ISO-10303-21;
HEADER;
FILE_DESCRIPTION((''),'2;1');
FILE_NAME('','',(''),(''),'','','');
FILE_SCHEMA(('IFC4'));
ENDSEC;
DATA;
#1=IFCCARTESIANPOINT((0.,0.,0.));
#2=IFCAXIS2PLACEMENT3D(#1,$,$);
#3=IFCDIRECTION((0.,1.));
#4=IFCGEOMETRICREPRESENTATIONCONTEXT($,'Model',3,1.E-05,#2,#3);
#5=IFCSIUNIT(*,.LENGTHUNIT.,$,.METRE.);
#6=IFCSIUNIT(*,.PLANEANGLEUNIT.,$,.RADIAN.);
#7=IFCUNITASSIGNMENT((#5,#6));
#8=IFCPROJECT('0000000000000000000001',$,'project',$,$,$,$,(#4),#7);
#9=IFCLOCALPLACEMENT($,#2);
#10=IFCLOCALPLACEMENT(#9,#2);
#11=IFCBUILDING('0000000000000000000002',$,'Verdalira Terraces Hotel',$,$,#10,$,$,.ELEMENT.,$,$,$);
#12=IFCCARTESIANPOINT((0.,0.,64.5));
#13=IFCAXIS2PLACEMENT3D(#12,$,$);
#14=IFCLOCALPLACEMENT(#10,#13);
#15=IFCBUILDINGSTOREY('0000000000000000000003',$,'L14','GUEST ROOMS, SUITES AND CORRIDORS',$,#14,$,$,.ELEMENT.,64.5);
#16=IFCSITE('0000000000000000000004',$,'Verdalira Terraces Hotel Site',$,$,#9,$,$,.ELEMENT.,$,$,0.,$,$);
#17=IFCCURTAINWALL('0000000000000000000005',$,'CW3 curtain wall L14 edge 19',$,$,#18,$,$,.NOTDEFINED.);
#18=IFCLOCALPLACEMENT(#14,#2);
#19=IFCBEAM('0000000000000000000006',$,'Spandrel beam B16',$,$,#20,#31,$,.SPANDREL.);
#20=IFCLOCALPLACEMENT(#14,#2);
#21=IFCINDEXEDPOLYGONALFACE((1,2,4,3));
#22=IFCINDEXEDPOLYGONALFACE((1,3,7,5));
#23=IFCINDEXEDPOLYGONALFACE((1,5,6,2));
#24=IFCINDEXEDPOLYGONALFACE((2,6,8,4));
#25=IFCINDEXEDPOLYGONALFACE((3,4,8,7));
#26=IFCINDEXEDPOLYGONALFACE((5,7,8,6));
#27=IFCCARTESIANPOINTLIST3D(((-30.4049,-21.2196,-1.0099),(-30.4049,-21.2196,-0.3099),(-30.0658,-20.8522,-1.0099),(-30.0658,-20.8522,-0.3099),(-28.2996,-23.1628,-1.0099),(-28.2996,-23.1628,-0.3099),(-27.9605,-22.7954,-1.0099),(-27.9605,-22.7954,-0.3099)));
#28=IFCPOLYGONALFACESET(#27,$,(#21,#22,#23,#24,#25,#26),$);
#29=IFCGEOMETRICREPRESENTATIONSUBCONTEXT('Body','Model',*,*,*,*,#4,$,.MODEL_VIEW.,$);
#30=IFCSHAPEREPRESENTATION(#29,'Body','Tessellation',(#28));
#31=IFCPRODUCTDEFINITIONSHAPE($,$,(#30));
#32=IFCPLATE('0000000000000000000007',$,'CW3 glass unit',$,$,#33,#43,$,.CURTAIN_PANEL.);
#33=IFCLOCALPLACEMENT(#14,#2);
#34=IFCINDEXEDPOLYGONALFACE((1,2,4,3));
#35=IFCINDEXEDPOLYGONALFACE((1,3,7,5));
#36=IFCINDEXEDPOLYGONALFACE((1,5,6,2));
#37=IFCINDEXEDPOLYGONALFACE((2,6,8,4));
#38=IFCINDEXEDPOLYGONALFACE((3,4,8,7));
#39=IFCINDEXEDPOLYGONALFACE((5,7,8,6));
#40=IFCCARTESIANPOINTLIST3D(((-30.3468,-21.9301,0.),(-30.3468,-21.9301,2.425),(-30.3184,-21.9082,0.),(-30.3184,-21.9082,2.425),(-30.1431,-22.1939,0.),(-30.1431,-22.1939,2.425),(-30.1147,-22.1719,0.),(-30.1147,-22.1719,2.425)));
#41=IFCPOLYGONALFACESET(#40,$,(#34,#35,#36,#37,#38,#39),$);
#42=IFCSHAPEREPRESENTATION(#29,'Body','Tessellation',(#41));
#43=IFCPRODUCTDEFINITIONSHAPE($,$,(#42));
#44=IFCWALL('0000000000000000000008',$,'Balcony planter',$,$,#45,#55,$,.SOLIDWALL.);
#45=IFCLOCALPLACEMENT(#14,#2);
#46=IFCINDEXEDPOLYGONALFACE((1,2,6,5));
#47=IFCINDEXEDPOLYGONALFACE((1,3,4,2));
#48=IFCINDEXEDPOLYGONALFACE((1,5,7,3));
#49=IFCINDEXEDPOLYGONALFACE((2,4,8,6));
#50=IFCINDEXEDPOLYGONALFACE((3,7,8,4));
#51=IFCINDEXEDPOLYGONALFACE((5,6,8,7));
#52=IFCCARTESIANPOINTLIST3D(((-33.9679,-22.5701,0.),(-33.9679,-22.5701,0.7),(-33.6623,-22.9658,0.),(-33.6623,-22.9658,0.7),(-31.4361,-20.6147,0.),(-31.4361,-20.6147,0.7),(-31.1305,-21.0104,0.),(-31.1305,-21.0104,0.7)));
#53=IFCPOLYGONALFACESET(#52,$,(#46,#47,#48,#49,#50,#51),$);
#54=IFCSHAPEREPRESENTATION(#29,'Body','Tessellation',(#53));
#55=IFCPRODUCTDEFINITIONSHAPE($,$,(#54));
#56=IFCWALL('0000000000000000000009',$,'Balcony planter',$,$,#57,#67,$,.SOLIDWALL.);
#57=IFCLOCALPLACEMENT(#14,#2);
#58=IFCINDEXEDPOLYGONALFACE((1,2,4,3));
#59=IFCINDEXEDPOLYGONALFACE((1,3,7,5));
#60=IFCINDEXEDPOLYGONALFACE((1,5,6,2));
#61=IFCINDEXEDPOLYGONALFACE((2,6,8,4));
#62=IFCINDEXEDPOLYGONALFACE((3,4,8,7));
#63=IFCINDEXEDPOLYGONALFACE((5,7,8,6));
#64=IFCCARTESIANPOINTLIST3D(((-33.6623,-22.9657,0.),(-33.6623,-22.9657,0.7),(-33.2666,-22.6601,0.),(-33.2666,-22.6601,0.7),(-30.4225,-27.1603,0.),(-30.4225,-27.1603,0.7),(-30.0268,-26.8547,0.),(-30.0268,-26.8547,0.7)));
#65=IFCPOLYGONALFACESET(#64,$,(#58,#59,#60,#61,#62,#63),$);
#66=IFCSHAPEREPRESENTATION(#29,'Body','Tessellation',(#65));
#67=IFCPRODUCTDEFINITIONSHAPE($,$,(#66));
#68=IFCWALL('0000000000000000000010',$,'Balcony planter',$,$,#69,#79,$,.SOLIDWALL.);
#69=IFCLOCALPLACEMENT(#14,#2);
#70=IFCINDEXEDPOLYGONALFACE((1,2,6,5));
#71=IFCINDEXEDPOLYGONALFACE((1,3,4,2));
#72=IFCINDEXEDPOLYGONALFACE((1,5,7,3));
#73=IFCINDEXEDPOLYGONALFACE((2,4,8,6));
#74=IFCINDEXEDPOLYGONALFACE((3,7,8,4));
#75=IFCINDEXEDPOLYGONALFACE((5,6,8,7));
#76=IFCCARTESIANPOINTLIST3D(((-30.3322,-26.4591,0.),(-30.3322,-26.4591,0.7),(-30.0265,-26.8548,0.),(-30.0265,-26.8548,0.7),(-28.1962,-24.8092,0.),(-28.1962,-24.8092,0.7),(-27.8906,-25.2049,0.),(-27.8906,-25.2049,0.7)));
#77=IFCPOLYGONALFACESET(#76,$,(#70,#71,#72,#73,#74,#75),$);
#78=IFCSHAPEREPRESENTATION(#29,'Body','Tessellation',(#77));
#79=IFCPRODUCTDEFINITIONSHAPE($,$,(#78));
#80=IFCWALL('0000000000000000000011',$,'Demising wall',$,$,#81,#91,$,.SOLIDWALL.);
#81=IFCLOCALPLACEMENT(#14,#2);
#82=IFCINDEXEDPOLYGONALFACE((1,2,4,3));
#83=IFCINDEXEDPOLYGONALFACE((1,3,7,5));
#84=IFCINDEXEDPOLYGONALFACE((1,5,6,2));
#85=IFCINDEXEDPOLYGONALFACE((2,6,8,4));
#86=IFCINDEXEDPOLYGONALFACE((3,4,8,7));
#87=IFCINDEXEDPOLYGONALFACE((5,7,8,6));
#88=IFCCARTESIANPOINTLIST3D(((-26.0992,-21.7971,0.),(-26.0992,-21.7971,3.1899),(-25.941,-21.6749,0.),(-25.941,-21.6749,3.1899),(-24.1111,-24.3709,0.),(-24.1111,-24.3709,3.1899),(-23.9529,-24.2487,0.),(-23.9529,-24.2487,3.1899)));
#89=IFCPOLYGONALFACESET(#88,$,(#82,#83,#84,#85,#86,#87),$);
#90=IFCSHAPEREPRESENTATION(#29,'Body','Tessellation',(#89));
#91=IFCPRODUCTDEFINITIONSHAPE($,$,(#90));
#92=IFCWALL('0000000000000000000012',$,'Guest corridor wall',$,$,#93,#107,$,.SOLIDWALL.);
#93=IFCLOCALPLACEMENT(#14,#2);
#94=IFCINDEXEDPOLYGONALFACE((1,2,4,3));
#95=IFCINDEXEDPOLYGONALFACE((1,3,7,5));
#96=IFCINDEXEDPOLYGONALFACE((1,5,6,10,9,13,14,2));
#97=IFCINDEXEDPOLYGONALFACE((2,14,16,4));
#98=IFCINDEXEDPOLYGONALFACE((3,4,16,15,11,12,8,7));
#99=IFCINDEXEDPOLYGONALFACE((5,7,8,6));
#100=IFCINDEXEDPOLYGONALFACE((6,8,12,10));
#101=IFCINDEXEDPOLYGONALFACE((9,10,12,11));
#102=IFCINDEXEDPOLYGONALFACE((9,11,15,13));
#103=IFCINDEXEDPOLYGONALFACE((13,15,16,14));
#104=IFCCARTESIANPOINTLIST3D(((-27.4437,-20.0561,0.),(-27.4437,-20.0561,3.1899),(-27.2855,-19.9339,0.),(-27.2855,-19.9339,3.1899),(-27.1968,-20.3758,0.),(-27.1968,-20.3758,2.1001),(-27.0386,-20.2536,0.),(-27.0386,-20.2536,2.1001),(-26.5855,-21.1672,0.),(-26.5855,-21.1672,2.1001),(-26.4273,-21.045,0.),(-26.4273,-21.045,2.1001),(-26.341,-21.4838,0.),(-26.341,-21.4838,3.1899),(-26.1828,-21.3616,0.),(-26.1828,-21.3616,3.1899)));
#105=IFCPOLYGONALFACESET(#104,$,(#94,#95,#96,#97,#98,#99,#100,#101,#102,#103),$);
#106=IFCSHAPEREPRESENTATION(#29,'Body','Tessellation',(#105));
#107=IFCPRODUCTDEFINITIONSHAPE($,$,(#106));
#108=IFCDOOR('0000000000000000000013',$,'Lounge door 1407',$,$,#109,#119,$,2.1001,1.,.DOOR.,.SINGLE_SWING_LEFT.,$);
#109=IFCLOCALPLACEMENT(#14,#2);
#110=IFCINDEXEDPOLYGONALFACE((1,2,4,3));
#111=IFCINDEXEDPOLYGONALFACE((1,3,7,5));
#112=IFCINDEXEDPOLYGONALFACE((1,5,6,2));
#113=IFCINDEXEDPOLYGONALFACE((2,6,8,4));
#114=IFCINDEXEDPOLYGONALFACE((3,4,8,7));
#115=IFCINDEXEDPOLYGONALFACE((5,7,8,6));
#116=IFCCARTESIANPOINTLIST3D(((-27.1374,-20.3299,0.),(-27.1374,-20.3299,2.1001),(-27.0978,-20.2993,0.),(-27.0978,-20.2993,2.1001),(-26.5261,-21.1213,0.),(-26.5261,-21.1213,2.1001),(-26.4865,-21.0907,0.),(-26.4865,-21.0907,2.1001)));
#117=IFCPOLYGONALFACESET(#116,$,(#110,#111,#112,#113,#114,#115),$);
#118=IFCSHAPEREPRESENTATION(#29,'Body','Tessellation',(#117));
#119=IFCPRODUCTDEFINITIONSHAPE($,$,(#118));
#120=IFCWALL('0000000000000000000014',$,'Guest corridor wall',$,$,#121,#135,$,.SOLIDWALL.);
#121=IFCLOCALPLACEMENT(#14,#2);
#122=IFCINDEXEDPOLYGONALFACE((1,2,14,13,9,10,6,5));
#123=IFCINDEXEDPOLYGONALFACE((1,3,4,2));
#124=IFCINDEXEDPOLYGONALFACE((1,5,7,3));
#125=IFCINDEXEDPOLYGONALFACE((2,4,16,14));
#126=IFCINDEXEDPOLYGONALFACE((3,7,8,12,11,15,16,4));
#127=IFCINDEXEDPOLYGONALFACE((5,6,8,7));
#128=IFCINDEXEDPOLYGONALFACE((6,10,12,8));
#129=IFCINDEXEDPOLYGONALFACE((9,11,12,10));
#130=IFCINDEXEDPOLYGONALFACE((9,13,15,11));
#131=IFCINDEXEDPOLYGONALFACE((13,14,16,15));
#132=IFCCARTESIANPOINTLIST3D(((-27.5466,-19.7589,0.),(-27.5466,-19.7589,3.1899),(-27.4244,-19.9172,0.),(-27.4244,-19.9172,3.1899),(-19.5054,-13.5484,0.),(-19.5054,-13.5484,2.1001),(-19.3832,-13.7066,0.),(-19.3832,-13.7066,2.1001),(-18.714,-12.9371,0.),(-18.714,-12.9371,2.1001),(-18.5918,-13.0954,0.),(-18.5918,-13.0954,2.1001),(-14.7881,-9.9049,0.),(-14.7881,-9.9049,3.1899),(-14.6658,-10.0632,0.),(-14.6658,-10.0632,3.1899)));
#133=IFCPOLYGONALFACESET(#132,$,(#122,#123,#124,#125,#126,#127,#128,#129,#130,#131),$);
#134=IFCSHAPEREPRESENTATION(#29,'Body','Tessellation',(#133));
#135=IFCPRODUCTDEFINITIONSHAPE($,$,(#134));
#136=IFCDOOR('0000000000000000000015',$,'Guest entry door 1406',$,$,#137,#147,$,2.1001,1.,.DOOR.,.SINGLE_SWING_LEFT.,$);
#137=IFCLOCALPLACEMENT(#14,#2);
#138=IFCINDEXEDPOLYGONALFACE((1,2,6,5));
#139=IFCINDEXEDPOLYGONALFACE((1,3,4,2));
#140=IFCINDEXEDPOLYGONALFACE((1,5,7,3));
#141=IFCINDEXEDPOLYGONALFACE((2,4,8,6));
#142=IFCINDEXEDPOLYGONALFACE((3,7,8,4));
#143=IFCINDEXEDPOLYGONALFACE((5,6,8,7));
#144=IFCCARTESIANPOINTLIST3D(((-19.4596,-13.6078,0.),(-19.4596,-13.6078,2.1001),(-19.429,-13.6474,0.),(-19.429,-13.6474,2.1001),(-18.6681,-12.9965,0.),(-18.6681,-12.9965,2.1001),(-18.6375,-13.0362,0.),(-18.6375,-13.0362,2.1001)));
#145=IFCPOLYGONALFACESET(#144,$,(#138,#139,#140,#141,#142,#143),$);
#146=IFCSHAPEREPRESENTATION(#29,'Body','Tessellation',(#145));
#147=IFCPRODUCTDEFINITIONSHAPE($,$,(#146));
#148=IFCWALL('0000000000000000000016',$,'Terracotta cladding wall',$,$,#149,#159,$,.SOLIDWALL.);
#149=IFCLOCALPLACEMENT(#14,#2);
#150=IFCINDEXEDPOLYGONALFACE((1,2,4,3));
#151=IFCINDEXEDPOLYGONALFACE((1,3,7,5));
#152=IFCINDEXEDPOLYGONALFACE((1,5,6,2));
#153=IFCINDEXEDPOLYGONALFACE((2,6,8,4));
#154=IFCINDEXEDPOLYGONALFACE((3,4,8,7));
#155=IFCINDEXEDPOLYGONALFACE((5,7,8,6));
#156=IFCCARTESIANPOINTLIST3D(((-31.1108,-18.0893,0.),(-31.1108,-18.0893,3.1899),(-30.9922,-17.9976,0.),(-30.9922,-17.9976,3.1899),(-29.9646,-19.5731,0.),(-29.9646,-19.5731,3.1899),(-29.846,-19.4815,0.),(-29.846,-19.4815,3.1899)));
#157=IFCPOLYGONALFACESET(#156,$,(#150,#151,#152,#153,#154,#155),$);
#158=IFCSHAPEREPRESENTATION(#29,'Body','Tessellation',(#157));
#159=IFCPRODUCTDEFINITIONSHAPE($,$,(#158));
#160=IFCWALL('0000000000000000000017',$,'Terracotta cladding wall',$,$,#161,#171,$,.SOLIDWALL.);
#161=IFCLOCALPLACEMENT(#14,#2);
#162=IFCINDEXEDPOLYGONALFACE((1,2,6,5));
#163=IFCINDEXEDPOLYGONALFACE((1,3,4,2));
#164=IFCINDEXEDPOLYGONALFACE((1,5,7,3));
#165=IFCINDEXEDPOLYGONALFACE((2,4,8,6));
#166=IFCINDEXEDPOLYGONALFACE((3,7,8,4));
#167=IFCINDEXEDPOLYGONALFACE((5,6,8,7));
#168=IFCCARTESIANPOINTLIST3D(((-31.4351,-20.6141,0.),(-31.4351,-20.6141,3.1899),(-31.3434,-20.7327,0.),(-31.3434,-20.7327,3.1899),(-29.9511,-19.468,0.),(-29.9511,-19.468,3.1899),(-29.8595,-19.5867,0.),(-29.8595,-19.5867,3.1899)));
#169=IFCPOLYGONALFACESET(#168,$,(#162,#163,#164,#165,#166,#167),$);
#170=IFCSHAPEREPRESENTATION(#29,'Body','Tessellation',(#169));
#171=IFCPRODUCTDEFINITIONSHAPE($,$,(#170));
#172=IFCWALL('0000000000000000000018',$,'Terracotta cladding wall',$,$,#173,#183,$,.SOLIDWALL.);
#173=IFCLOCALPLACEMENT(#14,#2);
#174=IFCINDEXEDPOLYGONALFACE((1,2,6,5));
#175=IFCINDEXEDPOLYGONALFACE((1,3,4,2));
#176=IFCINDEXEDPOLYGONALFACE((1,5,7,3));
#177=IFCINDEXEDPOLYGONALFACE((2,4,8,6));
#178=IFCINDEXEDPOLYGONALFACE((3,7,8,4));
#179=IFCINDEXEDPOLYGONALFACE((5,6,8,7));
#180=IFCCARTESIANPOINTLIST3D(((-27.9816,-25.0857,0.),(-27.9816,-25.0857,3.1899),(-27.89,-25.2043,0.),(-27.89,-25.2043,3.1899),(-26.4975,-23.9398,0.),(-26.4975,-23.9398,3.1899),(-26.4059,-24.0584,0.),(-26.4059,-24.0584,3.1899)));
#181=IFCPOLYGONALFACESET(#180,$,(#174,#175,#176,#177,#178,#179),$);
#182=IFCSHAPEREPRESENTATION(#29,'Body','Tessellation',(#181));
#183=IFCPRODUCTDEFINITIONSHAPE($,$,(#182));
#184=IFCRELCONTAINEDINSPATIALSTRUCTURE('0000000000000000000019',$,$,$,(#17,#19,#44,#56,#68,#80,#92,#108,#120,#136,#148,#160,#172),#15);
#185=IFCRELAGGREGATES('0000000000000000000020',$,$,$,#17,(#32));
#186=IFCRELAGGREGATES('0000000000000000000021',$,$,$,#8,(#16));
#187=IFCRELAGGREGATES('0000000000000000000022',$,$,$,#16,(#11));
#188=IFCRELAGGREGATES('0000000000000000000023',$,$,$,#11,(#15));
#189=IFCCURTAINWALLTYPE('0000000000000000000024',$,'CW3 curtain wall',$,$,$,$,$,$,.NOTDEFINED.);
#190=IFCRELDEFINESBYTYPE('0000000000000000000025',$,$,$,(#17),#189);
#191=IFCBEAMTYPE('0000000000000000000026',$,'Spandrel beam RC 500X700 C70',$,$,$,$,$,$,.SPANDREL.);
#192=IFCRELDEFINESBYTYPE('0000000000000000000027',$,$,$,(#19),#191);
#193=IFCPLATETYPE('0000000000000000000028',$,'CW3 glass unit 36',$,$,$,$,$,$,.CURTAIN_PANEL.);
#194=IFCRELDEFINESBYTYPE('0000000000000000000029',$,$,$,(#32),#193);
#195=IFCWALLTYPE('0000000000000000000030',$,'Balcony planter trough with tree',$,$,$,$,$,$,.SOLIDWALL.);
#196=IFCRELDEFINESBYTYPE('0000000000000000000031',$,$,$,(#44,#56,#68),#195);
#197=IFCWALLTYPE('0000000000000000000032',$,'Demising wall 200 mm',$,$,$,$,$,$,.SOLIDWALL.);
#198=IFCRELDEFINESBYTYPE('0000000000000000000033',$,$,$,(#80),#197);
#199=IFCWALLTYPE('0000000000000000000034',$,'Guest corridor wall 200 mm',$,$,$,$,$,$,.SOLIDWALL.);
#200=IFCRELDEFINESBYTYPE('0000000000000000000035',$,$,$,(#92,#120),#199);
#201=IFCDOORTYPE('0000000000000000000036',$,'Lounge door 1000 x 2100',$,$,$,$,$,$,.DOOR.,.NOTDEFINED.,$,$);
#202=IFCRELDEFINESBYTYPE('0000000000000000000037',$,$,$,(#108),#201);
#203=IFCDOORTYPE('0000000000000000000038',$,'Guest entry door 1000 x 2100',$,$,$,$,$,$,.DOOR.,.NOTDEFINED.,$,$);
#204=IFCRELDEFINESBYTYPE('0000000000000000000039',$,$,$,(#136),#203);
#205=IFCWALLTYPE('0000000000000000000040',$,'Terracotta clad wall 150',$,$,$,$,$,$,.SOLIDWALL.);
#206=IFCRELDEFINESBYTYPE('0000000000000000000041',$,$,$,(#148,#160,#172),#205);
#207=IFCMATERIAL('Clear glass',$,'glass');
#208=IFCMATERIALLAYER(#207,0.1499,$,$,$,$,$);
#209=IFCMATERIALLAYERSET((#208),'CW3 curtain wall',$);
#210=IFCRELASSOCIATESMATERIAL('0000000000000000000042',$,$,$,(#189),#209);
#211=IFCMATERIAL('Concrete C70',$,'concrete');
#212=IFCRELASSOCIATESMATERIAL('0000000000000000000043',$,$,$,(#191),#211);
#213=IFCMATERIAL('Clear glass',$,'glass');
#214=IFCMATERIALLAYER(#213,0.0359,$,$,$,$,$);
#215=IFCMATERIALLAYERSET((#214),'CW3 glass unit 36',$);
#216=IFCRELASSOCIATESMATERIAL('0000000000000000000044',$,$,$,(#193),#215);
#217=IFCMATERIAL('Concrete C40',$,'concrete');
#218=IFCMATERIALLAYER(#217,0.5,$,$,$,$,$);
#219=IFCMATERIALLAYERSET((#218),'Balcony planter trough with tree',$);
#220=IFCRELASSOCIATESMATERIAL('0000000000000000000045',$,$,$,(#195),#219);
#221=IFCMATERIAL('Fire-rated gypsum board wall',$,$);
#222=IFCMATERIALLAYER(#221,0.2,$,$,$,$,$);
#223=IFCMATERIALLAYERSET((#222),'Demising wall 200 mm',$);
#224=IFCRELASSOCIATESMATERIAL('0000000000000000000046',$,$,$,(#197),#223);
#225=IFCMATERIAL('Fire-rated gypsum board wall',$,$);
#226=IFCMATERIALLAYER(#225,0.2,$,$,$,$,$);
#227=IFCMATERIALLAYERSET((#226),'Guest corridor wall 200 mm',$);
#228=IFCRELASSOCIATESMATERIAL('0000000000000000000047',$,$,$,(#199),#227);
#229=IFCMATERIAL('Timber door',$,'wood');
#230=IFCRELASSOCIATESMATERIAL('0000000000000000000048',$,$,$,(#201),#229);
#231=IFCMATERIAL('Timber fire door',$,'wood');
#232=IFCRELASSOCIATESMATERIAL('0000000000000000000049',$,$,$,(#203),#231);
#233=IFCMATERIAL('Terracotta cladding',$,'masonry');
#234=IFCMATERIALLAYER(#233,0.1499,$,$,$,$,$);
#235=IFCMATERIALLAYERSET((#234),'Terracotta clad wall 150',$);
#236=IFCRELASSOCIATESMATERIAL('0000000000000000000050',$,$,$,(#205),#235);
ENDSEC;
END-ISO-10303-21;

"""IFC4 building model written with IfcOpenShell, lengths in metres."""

from ifc_helpers import new_model, si_unit, direction, frame, frame_2d, origin, origin_2d, place, context, subcontext, project, spatial, rectangle, extrude, material, layer, layer_set, material_profile, profile_set, type_object, element, fill, aggregate, save


model = new_model("IFC4")

# Units and contexts
model_context = context("Model", 3, precision=1e-05, world=origin(), true_north=direction((0.0, 1.0)))
body_context = subcontext(model_context, "Body", "Model", "MODEL_VIEW")
ifc_project = project(units=[si_unit("LENGTHUNIT", "METRE"), si_unit("PLANEANGLEUNIT", "RADIAN")], contexts=[model_context])

# Site, building, storey
site_placement = place(None, origin())
site = spatial("IfcSite", under=ifc_project, at=site_placement, Name="Verdalira Terraces Hotel Site", CompositionType="ELEMENT", RefElevation=0.0)
building_placement = place(site_placement, origin())
building = spatial("IfcBuilding", under=site, at=building_placement, Name="Verdalira Terraces Hotel", CompositionType="ELEMENT")
storey_placement = place(building_placement, frame((0.0, 0.0, 64.5)))
storey = spatial("IfcBuildingStorey", under=building, at=storey_placement, Name="L14", Description="GUEST ROOMS, SUITES AND CORRIDORS", CompositionType="ELEMENT", Elevation=64.5)

# Curtain wall
ifc_material_1 = material(Name="Clear glass", Category="glass")
ifc_layer_1 = layer(ifc_material_1, 0.1499)
ifc_layer_set_1 = layer_set([ifc_layer_1], Name="CW3 curtain wall")
curtain_wall_type_1 = type_object("IfcCurtainWallType", Name="CW3 curtain wall", PredefinedType="NOTDEFINED", material=ifc_layer_set_1)
curtain_wall_1_placement = place(storey_placement, origin())
curtain_wall_1 = element("IfcCurtainWall", 1, at=curtain_wall_1_placement, inside=storey, type_object=curtain_wall_type_1, Name="CW3 curtain wall L14 edge 19", PredefinedType="NOTDEFINED")

# Beam
ifc_material_2 = material(Name="Concrete C70", Category="concrete")
ifc_material_profile_1 = material_profile(ifc_material_2, rectangle(XDim=0.5, YDim=0.7, at=origin_2d()), Name="RC 500X700")
ifc_profile_set_1 = profile_set([ifc_material_profile_1], Name="Concrete C70")
beam_type_1 = type_object("IfcBeamType", Name="Spandrel beam RC 500X700 C70", PredefinedType="SPANDREL", material=ifc_profile_set_1)
beam_1_placement = place(storey_placement, frame((-30.2354, -21.0359, -0.6599), z_axis=(0.734833, -0.678248, 0.0), x_axis=(0.678248, 0.734833, 0.0)))
element("IfcBeam", 2, at=beam_1_placement, inside=storey, type_object=beam_type_1, Name="Spandrel beam B16", PredefinedType="SPANDREL", context=body_context, shape_type="SweptSolid", body=[
    extrude(rectangle(XDim=0.5, YDim=0.7, at=origin_2d()), origin(), (0.0, 0.0, 1.0), 2.865),
])

# Plate
ifc_material_3 = material(Name="Clear glass", Category="glass")
ifc_layer_2 = layer(ifc_material_3, 0.0359)
ifc_layer_set_2 = layer_set([ifc_layer_2], Name="CW3 glass unit 36")
plate_type = type_object("IfcPlateType", Name="CW3 glass unit 36", PredefinedType="CURTAIN_PANEL", material=ifc_layer_set_2)
plate_placement = place(storey_placement, frame((-30.2307, -22.051, 0.0), z_axis=(0.0, 0.0, 1.0), x_axis=(0.611251, -0.791437, 0.0)))
plate = element("IfcPlate", 3, at=plate_placement, type_object=plate_type, Name="CW3 glass unit", PredefinedType="CURTAIN_PANEL", context=body_context, shape_type="SweptSolid", body=[
    extrude(rectangle(XDim=0.3333, YDim=0.0359, at=origin_2d()), origin(), (0.0, 0.0, 1.0), 2.425),
])
aggregate(curtain_wall_1, [plate])

# Walls
ifc_material_4 = material(Name="Concrete C40", Category="concrete")
ifc_layer_3 = layer(ifc_material_4, 0.5)
ifc_layer_set_3 = layer_set([ifc_layer_3], Name="Balcony planter trough with tree")
wall_type_1 = type_object("IfcWallType", Name="Balcony planter trough with tree", PredefinedType="SOLIDWALL", material=ifc_layer_set_3)
wall_1_placement = place(storey_placement, frame((-31.2832, -20.8125, 0.0), z_axis=(0.0, 0.0, 1.0), x_axis=(-0.791439, -0.611248, 0.0)))
element("IfcWall", 4, at=wall_1_placement, inside=storey, type_object=wall_type_1, Name="Balcony planter", PredefinedType="SOLIDWALL", context=body_context, shape_type="SweptSolid", body=[
    extrude(rectangle(XDim=3.199, YDim=0.5, at=frame_2d((1.5996, 0.0))), origin(), (0.0, 0.0, 1.0), 0.7),
])
wall_2_placement = place(storey_placement, frame((-33.4644, -22.813, 0.0), z_axis=(0.0, 0.0, 1.0), x_axis=(0.611268, -0.791424, 0.0)))
element("IfcWall", 5, at=wall_2_placement, inside=storey, type_object=wall_type_1, Name="Balcony planter", PredefinedType="SOLIDWALL", context=body_context, shape_type="SweptSolid", body=[
    extrude(rectangle(XDim=5.3, YDim=0.5, at=frame_2d((2.6499, 0.0))), origin(), (0.0, 0.0, 1.0), 0.7),
])
wall_3_placement = place(storey_placement, frame((-30.1794, -26.657, 0.0), z_axis=(0.0, 0.0, 1.0), x_axis=(0.791398, 0.611301, 0.0)))
element("IfcWall", 6, at=wall_3_placement, inside=storey, type_object=wall_type_1, Name="Balcony planter", PredefinedType="SOLIDWALL", context=body_context, shape_type="SweptSolid", body=[
    extrude(rectangle(XDim=2.699, YDim=0.5, at=frame_2d((1.3496, 0.0))), origin(), (0.0, 0.0, 1.0), 0.7),
])
ifc_material_5 = material(Name="Fire-rated gypsum board wall")
ifc_layer_4 = layer(ifc_material_5, 0.2)
ifc_layer_set_4 = layer_set([ifc_layer_4], Name="Demising wall 200 mm")
wall_type_2 = type_object("IfcWallType", Name="Demising wall 200 mm", PredefinedType="SOLIDWALL", material=ifc_layer_set_4)
wall_4_placement = place(storey_placement, frame((-26.02, -21.7361, 0.0), z_axis=(0.0, 0.0, 1.0), x_axis=(0.611302, -0.791397, 0.0)))
element("IfcWall", 7, at=wall_4_placement, inside=storey, type_object=wall_type_2, Name="Demising wall", PredefinedType="SOLIDWALL", context=body_context, shape_type="SweptSolid", body=[
    extrude(rectangle(XDim=3.2522, YDim=0.2, at=frame_2d((1.626, 0.0))), origin(), (0.0, 0.0, 1.0), 3.1899),
])

# Walls, openings, doors
ifc_material_6 = material(Name="Fire-rated gypsum board wall")
ifc_layer_5 = layer(ifc_material_6, 0.2)
ifc_layer_set_5 = layer_set([ifc_layer_5], Name="Guest corridor wall 200 mm")
wall_type_3 = type_object("IfcWallType", Name="Guest corridor wall 200 mm", PredefinedType="SOLIDWALL", material=ifc_layer_set_5)
wall_5_placement = place(storey_placement, frame((-26.262, -21.4226, 0.0), z_axis=(0.0, 0.0, 1.0), x_axis=(-0.611286, 0.79141, 0.0)))
wall_5 = element("IfcWall", 8, at=wall_5_placement, inside=storey, type_object=wall_type_3, Name="Guest corridor wall", PredefinedType="SOLIDWALL", context=body_context, shape_type="SweptSolid", body=[
    extrude(rectangle(XDim=1.804, YDim=0.2, at=frame_2d((0.9019, 0.0))), origin(), (0.0, 0.0, 1.0), 3.1899),
])
opening_1_placement = place(wall_5_placement, frame((0.3999, 0.0, 0.0)))
opening_1 = element("IfcOpeningElement", 9, at=opening_1_placement, cuts=wall_5, PredefinedType="OPENING", context=body_context, shape_type="SweptSolid", body=[
    extrude(rectangle(XDim=1.0, YDim=2.1001, at=frame_2d((0.5, 1.05))), frame((0.0, 0.1099, 0.0), z_axis=(0.0, -1.0, 0.0), x_axis=(1.0, 0.0, 0.0)), (0.0, 0.0, 1.0), 0.22),
])
ifc_material_7 = material(Name="Timber door", Category="wood")
door_type_1 = type_object("IfcDoorType", Name="Lounge door 1000 x 2100", OperationType="NOTDEFINED", PredefinedType="DOOR", material=ifc_material_7)
door_1_placement = place(opening_1_placement, origin())
door_1 = element("IfcDoor", 10, at=door_1_placement, inside=storey, type_object=door_type_1, Name="Lounge door 1407", OperationType="SINGLE_SWING_LEFT", OverallHeight=2.1001, OverallWidth=1.0, PredefinedType="DOOR", context=body_context, shape_type="SweptSolid", body=[
    extrude(rectangle(XDim=1.0, YDim=2.1001, at=frame_2d((0.5, 1.05))), frame((0.0, 0.0249, 0.0), z_axis=(0.0, -1.0, 0.0), x_axis=(1.0, 0.0, 0.0)), (0.0, 0.0, 1.0), 0.05),
])
fill(opening_1, door_1)
wall_6_placement = place(storey_placement, frame((-27.4856, -19.8381, 0.0), z_axis=(0.0, 0.0, 1.0), x_axis=(0.791431, 0.611258, 0.0)))
wall_6 = element("IfcWall", 11, at=wall_6_placement, inside=storey, type_object=wall_type_3, Name="Guest corridor wall", PredefinedType="SOLIDWALL", context=body_context, shape_type="SweptSolid", body=[
    extrude(rectangle(XDim=16.1209, YDim=0.2, at=frame_2d((8.0605, 0.0))), origin(), (0.0, 0.0, 1.0), 3.1899),
])
opening_2_placement = place(wall_6_placement, frame((10.1604, 0.0, 0.0)))
opening_2 = element("IfcOpeningElement", 12, at=opening_2_placement, cuts=wall_6, PredefinedType="OPENING", context=body_context, shape_type="SweptSolid", body=[
    extrude(rectangle(XDim=1.0, YDim=2.1001, at=frame_2d((0.5, 1.05))), frame((0.0, 0.1099, 0.0), z_axis=(0.0, -1.0, 0.0), x_axis=(1.0, 0.0, 0.0)), (0.0, 0.0, 1.0), 0.22),
])
ifc_material_8 = material(Name="Timber fire door", Category="wood")
door_type_2 = type_object("IfcDoorType", Name="Guest entry door 1000 x 2100", OperationType="NOTDEFINED", PredefinedType="DOOR", material=ifc_material_8)
door_2_placement = place(opening_2_placement, origin())
door_2 = element("IfcDoor", 13, at=door_2_placement, inside=storey, type_object=door_type_2, Name="Guest entry door 1406", OperationType="SINGLE_SWING_LEFT", OverallHeight=2.1001, OverallWidth=1.0, PredefinedType="DOOR", context=body_context, shape_type="SweptSolid", body=[
    extrude(rectangle(XDim=1.0, YDim=2.1001, at=frame_2d((0.5, 1.05))), frame((0.0, 0.0249, 0.0), z_axis=(0.0, -1.0, 0.0), x_axis=(1.0, 0.0, 0.0)), (0.0, 0.0, 1.0), 0.05),
])
fill(opening_2, door_2)

# Walls
ifc_material_9 = material(Name="Terracotta cladding", Category="masonry")
ifc_layer_6 = layer(ifc_material_9, 0.1499)
ifc_layer_set_6 = layer_set([ifc_layer_6], Name="Terracotta clad wall 150")
wall_type_4 = type_object("IfcWallType", Name="Terracotta clad wall 150", PredefinedType="SOLIDWALL", material=ifc_layer_set_6)
for number, where, z_axis, x_axis, name in (
    (14, (-31.0515, -18.0435, 0.0), (0.0, 0.0, 1.0), (0.611314, -0.791388, 0.0), "Terracotta cladding wall"),
    (15, (-29.9053, -19.5273, 0.0), (0.0, 0.0, 1.0), (-0.791451, -0.611233, 0.0), "Terracotta cladding wall"),
    (16, (-27.9358, -25.145, 0.0), (0.0, 0.0, 1.0), (0.7915, 0.61117, 0.0), "Terracotta cladding wall"),
):
    element("IfcWall", number, at=place(storey_placement, frame(where, z_axis=z_axis, x_axis=x_axis)), inside=storey, type_object=wall_type_4, Name=name, PredefinedType="SOLIDWALL", context=body_context, shape_type="SweptSolid", body=[
        extrude(rectangle(XDim=1.875, YDim=0.1499, at=frame_2d((0.9375, 0.0))), origin(), (0.0, 0.0, 1.0), 3.1899),
    ])

save(model, "model.ifc")
